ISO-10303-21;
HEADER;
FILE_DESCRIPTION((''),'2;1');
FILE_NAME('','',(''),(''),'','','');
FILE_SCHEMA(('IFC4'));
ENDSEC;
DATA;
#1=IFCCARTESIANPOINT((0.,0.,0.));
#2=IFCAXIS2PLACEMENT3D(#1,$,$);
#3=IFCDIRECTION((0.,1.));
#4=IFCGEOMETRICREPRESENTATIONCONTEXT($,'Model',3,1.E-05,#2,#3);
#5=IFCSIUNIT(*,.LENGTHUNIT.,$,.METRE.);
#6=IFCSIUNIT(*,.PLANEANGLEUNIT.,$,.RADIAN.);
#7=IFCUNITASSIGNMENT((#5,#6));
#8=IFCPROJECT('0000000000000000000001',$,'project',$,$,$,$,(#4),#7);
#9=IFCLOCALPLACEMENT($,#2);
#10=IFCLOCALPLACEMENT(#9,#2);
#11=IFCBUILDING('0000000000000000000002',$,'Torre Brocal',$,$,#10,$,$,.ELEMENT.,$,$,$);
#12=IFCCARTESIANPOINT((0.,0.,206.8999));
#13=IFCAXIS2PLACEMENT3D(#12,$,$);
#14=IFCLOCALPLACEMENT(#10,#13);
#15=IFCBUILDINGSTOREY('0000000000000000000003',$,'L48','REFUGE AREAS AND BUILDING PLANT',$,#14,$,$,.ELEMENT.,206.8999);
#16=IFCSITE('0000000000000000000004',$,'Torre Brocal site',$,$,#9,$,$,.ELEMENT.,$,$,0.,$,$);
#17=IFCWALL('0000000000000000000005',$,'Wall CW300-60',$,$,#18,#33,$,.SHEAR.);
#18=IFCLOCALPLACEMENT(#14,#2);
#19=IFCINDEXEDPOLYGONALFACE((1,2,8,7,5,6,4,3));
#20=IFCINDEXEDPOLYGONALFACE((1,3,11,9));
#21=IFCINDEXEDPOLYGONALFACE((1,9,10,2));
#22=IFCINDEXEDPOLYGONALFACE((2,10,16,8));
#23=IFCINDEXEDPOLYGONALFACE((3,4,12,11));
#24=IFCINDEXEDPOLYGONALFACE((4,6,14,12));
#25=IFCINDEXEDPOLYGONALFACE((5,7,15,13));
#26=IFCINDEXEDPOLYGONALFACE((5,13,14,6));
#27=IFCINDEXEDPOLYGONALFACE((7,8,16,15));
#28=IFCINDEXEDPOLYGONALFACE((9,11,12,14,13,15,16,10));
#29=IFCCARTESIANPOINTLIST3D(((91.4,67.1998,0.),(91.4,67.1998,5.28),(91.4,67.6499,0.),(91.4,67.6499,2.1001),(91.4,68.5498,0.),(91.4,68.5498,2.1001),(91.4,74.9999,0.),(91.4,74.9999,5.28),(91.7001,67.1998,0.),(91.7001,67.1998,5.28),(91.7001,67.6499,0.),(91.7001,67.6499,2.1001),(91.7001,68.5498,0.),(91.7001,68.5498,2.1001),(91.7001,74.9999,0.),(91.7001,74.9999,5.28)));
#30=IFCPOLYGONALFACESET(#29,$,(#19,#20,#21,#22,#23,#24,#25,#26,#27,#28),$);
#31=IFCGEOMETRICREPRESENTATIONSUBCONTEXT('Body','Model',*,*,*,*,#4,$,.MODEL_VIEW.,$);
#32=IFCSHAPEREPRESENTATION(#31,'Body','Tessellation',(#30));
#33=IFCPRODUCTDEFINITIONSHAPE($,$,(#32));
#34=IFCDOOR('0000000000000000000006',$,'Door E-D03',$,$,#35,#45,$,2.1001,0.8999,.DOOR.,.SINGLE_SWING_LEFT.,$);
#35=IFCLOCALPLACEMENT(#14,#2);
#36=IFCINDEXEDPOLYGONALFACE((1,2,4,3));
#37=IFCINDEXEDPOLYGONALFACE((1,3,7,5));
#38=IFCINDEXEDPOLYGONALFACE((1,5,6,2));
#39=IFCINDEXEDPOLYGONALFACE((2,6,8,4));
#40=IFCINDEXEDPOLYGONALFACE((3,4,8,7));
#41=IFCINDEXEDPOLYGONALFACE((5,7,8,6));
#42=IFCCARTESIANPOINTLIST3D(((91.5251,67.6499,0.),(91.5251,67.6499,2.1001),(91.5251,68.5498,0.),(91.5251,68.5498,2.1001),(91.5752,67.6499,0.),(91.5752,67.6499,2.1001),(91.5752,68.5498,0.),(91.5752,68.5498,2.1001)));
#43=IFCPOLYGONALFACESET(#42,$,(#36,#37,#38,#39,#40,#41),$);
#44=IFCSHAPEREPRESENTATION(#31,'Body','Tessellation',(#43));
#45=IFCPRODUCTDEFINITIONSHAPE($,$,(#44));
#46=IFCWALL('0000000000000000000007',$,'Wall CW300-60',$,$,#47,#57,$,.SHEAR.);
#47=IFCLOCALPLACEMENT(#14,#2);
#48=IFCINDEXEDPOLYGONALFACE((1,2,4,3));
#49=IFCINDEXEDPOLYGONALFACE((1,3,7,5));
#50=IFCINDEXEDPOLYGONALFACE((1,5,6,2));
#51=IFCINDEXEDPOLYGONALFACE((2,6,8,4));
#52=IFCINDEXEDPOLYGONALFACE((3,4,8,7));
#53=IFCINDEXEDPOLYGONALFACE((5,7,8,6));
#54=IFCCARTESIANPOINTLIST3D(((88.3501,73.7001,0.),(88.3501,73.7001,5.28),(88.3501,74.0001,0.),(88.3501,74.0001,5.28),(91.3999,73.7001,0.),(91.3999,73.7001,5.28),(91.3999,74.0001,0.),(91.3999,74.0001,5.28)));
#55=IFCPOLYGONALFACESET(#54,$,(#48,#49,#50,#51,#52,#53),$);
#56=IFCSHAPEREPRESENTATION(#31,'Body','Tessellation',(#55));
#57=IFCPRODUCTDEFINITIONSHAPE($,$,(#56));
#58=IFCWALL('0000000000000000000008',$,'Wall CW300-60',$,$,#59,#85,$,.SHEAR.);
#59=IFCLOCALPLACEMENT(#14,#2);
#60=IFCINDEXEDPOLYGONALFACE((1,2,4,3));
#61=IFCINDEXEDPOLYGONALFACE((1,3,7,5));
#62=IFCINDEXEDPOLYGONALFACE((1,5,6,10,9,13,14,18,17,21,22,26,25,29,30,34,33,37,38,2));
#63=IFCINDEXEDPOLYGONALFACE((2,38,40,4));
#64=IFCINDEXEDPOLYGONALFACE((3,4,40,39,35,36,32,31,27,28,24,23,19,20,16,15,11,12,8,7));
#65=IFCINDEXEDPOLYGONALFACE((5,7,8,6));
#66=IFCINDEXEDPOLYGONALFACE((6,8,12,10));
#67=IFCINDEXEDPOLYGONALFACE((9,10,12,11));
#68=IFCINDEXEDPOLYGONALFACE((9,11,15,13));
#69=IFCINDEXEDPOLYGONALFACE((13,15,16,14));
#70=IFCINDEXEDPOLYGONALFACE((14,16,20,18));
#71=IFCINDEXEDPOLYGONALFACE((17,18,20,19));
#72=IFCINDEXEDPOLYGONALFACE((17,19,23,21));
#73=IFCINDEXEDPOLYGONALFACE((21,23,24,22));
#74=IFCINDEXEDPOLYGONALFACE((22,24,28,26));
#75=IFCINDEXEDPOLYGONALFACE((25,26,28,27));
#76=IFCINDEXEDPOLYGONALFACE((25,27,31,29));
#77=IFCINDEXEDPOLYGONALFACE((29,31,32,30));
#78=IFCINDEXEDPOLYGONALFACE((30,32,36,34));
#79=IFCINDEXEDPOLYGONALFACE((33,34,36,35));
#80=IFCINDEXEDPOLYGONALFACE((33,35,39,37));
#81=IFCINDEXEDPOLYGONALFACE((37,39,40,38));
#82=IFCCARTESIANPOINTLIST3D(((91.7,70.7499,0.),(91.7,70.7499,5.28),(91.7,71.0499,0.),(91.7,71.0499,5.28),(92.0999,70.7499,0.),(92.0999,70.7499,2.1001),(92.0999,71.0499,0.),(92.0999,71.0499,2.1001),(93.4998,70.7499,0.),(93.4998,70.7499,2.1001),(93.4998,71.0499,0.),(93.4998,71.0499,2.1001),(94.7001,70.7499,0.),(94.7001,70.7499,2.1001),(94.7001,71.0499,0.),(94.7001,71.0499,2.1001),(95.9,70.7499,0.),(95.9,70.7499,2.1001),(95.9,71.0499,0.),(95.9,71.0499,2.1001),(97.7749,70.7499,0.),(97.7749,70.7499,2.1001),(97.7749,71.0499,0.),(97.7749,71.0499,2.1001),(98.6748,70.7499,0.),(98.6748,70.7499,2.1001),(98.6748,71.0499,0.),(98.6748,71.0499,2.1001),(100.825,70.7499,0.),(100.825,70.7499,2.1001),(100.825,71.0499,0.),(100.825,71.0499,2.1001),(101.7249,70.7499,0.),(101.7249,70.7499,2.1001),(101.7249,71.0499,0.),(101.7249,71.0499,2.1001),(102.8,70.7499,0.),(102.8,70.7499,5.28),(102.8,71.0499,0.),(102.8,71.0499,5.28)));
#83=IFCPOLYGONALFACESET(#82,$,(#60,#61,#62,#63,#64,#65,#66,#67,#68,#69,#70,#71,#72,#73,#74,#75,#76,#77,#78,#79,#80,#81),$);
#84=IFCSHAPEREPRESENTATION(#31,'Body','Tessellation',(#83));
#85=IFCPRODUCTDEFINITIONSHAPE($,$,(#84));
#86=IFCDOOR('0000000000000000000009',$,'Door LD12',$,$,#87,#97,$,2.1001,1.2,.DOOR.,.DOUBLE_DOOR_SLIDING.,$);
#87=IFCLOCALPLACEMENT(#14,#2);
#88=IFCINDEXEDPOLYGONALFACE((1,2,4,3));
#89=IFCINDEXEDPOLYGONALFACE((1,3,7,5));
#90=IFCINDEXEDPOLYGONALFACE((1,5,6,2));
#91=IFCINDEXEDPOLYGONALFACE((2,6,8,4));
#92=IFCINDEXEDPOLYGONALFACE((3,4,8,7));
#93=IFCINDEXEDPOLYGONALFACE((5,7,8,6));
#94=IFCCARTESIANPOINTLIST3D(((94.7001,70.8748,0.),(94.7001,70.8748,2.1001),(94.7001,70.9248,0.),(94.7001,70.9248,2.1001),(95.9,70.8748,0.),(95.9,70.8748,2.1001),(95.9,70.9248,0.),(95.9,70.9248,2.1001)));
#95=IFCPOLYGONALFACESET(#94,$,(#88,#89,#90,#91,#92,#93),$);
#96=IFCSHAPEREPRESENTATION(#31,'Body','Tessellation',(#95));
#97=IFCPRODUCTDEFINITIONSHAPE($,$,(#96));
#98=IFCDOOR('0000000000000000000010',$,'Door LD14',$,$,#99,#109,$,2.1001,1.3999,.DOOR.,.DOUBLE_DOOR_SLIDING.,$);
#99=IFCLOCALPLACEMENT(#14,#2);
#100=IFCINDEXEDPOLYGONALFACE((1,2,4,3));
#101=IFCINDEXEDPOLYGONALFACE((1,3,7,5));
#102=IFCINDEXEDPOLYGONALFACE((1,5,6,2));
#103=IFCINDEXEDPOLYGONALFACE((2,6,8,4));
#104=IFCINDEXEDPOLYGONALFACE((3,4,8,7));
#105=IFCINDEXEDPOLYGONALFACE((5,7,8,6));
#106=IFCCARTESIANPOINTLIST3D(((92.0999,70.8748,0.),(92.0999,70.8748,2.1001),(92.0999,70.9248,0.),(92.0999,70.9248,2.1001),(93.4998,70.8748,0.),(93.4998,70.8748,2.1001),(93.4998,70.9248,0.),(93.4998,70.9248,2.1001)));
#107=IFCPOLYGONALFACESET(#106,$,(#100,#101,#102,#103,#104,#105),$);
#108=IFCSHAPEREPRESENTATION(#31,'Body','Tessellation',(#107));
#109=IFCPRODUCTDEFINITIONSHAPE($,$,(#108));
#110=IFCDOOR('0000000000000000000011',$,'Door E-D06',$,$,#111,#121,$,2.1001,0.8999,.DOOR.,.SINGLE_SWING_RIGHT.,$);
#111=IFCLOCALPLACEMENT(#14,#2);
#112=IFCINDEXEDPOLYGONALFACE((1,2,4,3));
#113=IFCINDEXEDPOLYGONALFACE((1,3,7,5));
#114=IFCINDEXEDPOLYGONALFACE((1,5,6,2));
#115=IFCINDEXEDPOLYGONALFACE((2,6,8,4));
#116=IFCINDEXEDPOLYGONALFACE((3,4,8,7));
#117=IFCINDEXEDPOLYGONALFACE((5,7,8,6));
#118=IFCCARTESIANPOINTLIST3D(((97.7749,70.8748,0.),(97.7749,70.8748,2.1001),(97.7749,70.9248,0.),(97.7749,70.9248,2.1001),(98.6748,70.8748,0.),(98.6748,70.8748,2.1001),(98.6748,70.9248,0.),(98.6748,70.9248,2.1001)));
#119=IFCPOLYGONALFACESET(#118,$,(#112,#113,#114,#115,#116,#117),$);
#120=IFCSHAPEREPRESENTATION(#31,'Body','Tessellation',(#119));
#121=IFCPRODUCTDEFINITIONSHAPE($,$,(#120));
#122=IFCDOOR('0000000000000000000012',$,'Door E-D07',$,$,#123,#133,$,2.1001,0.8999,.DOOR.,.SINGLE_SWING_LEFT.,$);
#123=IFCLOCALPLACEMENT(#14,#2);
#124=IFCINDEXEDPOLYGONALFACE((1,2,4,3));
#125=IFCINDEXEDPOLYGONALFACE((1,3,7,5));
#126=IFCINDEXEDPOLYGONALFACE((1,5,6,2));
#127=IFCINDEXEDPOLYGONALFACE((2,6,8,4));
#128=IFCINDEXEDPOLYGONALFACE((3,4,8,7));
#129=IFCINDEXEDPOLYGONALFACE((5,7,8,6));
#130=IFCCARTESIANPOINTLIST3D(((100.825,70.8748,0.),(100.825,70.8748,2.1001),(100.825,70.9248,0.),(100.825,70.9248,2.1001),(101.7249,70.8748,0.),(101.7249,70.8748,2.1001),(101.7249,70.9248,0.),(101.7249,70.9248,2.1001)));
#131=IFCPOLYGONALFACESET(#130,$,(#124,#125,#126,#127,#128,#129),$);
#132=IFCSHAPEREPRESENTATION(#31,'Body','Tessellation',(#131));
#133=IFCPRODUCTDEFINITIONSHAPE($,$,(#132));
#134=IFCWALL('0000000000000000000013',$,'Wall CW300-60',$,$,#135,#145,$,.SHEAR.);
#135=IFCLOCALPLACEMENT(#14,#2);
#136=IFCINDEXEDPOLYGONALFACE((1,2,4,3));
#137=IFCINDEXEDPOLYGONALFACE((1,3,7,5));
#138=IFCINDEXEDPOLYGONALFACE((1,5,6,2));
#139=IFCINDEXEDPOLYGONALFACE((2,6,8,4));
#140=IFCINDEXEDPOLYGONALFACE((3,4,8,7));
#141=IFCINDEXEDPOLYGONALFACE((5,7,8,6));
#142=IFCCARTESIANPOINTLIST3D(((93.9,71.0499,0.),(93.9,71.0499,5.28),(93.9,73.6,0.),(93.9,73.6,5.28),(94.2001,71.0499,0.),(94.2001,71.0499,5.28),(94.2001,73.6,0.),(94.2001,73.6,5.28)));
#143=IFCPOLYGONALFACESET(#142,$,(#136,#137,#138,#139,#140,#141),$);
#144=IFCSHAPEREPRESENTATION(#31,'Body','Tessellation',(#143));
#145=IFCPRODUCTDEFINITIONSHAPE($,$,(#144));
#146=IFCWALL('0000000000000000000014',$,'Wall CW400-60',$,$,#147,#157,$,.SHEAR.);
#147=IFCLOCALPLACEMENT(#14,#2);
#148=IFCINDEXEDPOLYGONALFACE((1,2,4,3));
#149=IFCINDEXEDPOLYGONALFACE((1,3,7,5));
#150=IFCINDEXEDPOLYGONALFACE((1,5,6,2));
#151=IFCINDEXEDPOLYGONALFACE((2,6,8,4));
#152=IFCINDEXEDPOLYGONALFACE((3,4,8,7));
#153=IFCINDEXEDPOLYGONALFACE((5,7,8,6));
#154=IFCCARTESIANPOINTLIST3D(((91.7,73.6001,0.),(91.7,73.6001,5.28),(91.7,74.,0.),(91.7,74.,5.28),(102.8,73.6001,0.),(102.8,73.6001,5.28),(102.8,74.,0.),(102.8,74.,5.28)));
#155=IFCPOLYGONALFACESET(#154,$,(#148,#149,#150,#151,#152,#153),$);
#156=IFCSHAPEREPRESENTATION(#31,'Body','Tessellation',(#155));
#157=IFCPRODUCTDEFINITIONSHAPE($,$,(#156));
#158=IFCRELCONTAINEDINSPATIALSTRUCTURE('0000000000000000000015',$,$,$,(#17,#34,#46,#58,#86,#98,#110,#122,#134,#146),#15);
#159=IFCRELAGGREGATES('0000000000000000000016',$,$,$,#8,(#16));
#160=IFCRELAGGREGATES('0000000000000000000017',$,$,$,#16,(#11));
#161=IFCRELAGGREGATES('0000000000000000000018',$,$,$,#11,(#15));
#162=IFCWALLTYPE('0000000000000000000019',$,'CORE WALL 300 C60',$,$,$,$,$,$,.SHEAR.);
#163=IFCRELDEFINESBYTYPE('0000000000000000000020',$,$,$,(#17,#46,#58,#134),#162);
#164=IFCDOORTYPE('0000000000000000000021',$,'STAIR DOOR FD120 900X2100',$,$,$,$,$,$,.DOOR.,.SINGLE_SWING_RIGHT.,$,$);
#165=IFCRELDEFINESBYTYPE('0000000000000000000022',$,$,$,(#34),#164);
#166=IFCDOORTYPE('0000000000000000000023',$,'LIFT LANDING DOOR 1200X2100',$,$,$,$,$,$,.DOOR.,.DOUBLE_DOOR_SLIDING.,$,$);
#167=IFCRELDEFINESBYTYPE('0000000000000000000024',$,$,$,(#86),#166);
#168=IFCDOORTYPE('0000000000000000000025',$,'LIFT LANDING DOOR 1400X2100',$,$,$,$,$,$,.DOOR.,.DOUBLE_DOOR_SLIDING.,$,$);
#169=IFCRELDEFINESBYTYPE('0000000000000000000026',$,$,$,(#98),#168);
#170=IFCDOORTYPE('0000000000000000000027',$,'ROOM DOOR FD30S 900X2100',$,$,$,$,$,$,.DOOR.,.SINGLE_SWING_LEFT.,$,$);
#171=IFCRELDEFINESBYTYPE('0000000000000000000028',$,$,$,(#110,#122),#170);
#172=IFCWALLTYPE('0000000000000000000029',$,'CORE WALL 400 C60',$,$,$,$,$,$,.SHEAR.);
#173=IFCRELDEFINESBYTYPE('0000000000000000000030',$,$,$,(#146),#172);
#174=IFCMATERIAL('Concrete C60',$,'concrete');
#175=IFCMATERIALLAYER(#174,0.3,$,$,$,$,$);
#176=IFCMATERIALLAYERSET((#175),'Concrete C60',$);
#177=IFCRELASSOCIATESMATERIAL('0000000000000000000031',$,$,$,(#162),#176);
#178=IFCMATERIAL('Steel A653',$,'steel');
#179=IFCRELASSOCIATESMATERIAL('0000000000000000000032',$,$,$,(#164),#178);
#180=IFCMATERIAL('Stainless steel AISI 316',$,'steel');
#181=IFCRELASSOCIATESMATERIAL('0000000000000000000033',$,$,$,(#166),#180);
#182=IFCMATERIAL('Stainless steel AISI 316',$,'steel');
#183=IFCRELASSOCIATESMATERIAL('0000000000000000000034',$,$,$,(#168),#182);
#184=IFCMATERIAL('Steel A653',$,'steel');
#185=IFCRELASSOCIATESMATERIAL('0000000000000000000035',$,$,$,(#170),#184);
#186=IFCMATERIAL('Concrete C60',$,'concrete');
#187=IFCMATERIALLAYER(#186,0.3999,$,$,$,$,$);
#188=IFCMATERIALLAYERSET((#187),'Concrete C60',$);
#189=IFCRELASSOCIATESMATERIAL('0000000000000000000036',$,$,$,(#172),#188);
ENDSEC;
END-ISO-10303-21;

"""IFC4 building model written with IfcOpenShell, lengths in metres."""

from ifc_helpers import new_model, si_unit, direction, frame, frame_2d, origin, place, context, subcontext, project, spatial, rectangle, extrude, material, layer, layer_set, type_object, element, fill, save


model = new_model("IFC4")

# Units and contexts
model_context = context("Model", 3, precision=1e-05, world=origin(), true_north=direction((0.0, 1.0)))
body_context = subcontext(model_context, "Body", "Model", "MODEL_VIEW")
ifc_project = project(units=[si_unit("LENGTHUNIT", "METRE"), si_unit("PLANEANGLEUNIT", "RADIAN")], contexts=[model_context])

# Site, building, storey
site_placement = place(None, origin())
site = spatial("IfcSite", under=ifc_project, at=site_placement, Name="Torre Brocal site", CompositionType="ELEMENT", RefElevation=0.0)
building_placement = place(site_placement, origin())
building = spatial("IfcBuilding", under=site, at=building_placement, Name="Torre Brocal", CompositionType="ELEMENT")
storey_placement = place(building_placement, frame((0.0, 0.0, 206.8999)))
storey = spatial("IfcBuildingStorey", under=building, at=storey_placement, Name="L48", Description="REFUGE AREAS AND BUILDING PLANT", CompositionType="ELEMENT", Elevation=206.8999)

# Wall, opening, door
ifc_material_1 = material(Name="Concrete C60", Category="concrete")
ifc_layer_1 = layer(ifc_material_1, 0.3)
ifc_layer_set_1 = layer_set([ifc_layer_1], Name="Concrete C60")
wall_type_1 = type_object("IfcWallType", Name="CORE WALL 300 C60", PredefinedType="SHEAR", material=ifc_layer_set_1)
ifc_material_2 = material(Name="Steel A653", Category="steel")
door_type_1 = type_object("IfcDoorType", Name="STAIR DOOR FD120 900X2100", OperationType="SINGLE_SWING_RIGHT", PredefinedType="DOOR", material=ifc_material_2)
wall_1_placement = place(storey_placement, frame((91.55, 67.2, 0.0), z_axis=(0.0, 0.0, 1.0), x_axis=(0.0, 1.0, 0.0)))
wall_1 = element("IfcWall", 1, at=wall_1_placement, inside=storey, type_object=wall_type_1, Name="Wall CW300-60", PredefinedType="SHEAR", context=body_context, shape_type="SweptSolid", body=[
    extrude(rectangle(XDim=7.8, YDim=0.3, at=frame_2d((3.8999, 0.0))), origin(), (0.0, 0.0, 1.0), 5.28),
])
opening_1_placement = place(wall_1_placement, frame((0.45, 0.0, 0.0)))
opening_1 = element("IfcOpeningElement", 2, at=opening_1_placement, cuts=wall_1, PredefinedType="OPENING", context=body_context, shape_type="SweptSolid", body=[
    extrude(rectangle(XDim=0.8999, YDim=2.1001, at=frame_2d((0.45, 1.05))), frame((0.0, 0.1599, 0.0), z_axis=(0.0, -1.0, 0.0), x_axis=(1.0, 0.0, 0.0)), (0.0, 0.0, 1.0), 0.3201),
])
door_1_placement = place(opening_1_placement, origin())
door_1 = element("IfcDoor", 3, at=door_1_placement, inside=storey, type_object=door_type_1, Name="Door E-D03", OperationType="SINGLE_SWING_LEFT", OverallHeight=2.1001, OverallWidth=0.8999, PredefinedType="DOOR", context=body_context, shape_type="SweptSolid", body=[
    extrude(rectangle(XDim=0.8999, YDim=2.1001, at=frame_2d((0.45, 1.05))), frame((0.0, 0.0249, 0.0), z_axis=(0.0, -1.0, 0.0), x_axis=(1.0, 0.0, 0.0)), (0.0, 0.0, 1.0), 0.05),
])
fill(opening_1, door_1)

# Wall
wall_2_placement = place(storey_placement, frame((88.3501, 73.8501, 0.0), z_axis=(0.0, 0.0, 1.0), x_axis=(1.0, 0.0, 0.0)))
element("IfcWall", 4, at=wall_2_placement, inside=storey, type_object=wall_type_1, Name="Wall CW300-60", PredefinedType="SHEAR", context=body_context, shape_type="SweptSolid", body=[
    extrude(rectangle(XDim=3.0498, YDim=0.3, at=frame_2d((1.5249, 0.0))), origin(), (0.0, 0.0, 1.0), 5.28),
])

# Wall, openings, doors
wall_3_placement = place(storey_placement, frame((91.7, 70.8999, 0.0), z_axis=(0.0, 0.0, 1.0), x_axis=(1.0, 0.0, 0.0)))
wall_3 = element("IfcWall", 5, at=wall_3_placement, inside=storey, type_object=wall_type_1, Name="Wall CW300-60", PredefinedType="SHEAR", context=body_context, shape_type="SweptSolid", body=[
    extrude(rectangle(XDim=11.1001, YDim=0.3, at=frame_2d((5.55, 0.0))), origin(), (0.0, 0.0, 1.0), 5.28),
])
opening_2_placement = place(wall_3_placement, frame((0.3999, 0.0, 0.0)))
opening_2 = element("IfcOpeningElement", 6, at=opening_2_placement, cuts=wall_3, PredefinedType="OPENING", context=body_context, shape_type="SweptSolid", body=[
    extrude(rectangle(XDim=1.3999, YDim=2.1001, at=frame_2d((0.7, 1.05))), frame((0.0, 0.1599, 0.0), z_axis=(0.0, -1.0, 0.0), x_axis=(1.0, 0.0, 0.0)), (0.0, 0.0, 1.0), 0.3201),
])
opening_3_placement = place(wall_3_placement, frame((3.0, 0.0, 0.0)))
opening_3 = element("IfcOpeningElement", 7, at=opening_3_placement, cuts=wall_3, PredefinedType="OPENING", context=body_context, shape_type="SweptSolid", body=[
    extrude(rectangle(XDim=1.2, YDim=2.1001, at=frame_2d((0.6001, 1.05))), frame((0.0, 0.1599, 0.0), z_axis=(0.0, -1.0, 0.0), x_axis=(1.0, 0.0, 0.0)), (0.0, 0.0, 1.0), 0.3201),
])
opening_4_placement = place(wall_3_placement, frame((6.075, 0.0, 0.0)))
opening_4 = element("IfcOpeningElement", 8, at=opening_4_placement, cuts=wall_3, PredefinedType="OPENING", context=body_context, shape_type="SweptSolid", body=[
    extrude(rectangle(XDim=0.8999, YDim=2.1001, at=frame_2d((0.45, 1.05))), frame((0.0, 0.1599, 0.0), z_axis=(0.0, -1.0, 0.0), x_axis=(1.0, 0.0, 0.0)), (0.0, 0.0, 1.0), 0.3201),
])
opening_5_placement = place(wall_3_placement, frame((9.125, 0.0, 0.0)))
opening_5 = element("IfcOpeningElement", 9, at=opening_5_placement, cuts=wall_3, PredefinedType="OPENING", context=body_context, shape_type="SweptSolid", body=[
    extrude(rectangle(XDim=0.8999, YDim=2.1001, at=frame_2d((0.45, 1.05))), frame((0.0, 0.1599, 0.0), z_axis=(0.0, -1.0, 0.0), x_axis=(1.0, 0.0, 0.0)), (0.0, 0.0, 1.0), 0.3201),
])
ifc_material_3 = material(Name="Stainless steel AISI 316", Category="steel")
door_type_2 = type_object("IfcDoorType", Name="LIFT LANDING DOOR 1200X2100", OperationType="DOUBLE_DOOR_SLIDING", PredefinedType="DOOR", material=ifc_material_3)
door_2_placement = place(opening_3_placement, origin())
door_2 = element("IfcDoor", 10, at=door_2_placement, inside=storey, type_object=door_type_2, Name="Door LD12", OperationType="DOUBLE_DOOR_SLIDING", OverallHeight=2.1001, OverallWidth=1.2, PredefinedType="DOOR", context=body_context, shape_type="SweptSolid", body=[
    extrude(rectangle(XDim=1.2, YDim=2.1001, at=frame_2d((0.6001, 1.05))), frame((0.0, 0.0249, 0.0), z_axis=(0.0, -1.0, 0.0), x_axis=(1.0, 0.0, 0.0)), (0.0, 0.0, 1.0), 0.05),
])
fill(opening_3, door_2)
ifc_material_4 = material(Name="Stainless steel AISI 316", Category="steel")
door_type_3 = type_object("IfcDoorType", Name="LIFT LANDING DOOR 1400X2100", OperationType="DOUBLE_DOOR_SLIDING", PredefinedType="DOOR", material=ifc_material_4)
door_3_placement = place(opening_2_placement, origin())
door_3 = element("IfcDoor", 11, at=door_3_placement, inside=storey, type_object=door_type_3, Name="Door LD14", OperationType="DOUBLE_DOOR_SLIDING", OverallHeight=2.1001, OverallWidth=1.3999, PredefinedType="DOOR", context=body_context, shape_type="SweptSolid", body=[
    extrude(rectangle(XDim=1.3999, YDim=2.1001, at=frame_2d((0.7, 1.05))), frame((0.0, 0.0249, 0.0), z_axis=(0.0, -1.0, 0.0), x_axis=(1.0, 0.0, 0.0)), (0.0, 0.0, 1.0), 0.05),
])
fill(opening_2, door_3)
ifc_material_5 = material(Name="Steel A653", Category="steel")
door_type_4 = type_object("IfcDoorType", Name="ROOM DOOR FD30S 900X2100", OperationType="SINGLE_SWING_LEFT", PredefinedType="DOOR", material=ifc_material_5)
door_4_placement = place(opening_4_placement, origin())
door_4 = element("IfcDoor", 12, at=door_4_placement, inside=storey, type_object=door_type_4, Name="Door E-D06", OperationType="SINGLE_SWING_RIGHT", OverallHeight=2.1001, OverallWidth=0.8999, PredefinedType="DOOR", context=body_context, shape_type="SweptSolid", body=[
    extrude(rectangle(XDim=0.8999, YDim=2.1001, at=frame_2d((0.45, 1.05))), frame((0.0, 0.0249, 0.0), z_axis=(0.0, -1.0, 0.0), x_axis=(1.0, 0.0, 0.0)), (0.0, 0.0, 1.0), 0.05),
])
fill(opening_4, door_4)
door_5_placement = place(opening_5_placement, origin())
door_5 = element("IfcDoor", 13, at=door_5_placement, inside=storey, type_object=door_type_4, Name="Door E-D07", OperationType="SINGLE_SWING_LEFT", OverallHeight=2.1001, OverallWidth=0.8999, PredefinedType="DOOR", context=body_context, shape_type="SweptSolid", body=[
    extrude(rectangle(XDim=0.8999, YDim=2.1001, at=frame_2d((0.45, 1.05))), frame((0.0, 0.0249, 0.0), z_axis=(0.0, -1.0, 0.0), x_axis=(1.0, 0.0, 0.0)), (0.0, 0.0, 1.0), 0.05),
])
fill(opening_5, door_5)

# Walls
wall_4_placement = place(storey_placement, frame((94.05, 71.05, 0.0), z_axis=(0.0, 0.0, 1.0), x_axis=(0.0, 1.0, 0.0)))
element("IfcWall", 14, at=wall_4_placement, inside=storey, type_object=wall_type_1, Name="Wall CW300-60", PredefinedType="SHEAR", context=body_context, shape_type="SweptSolid", body=[
    extrude(rectangle(XDim=2.55, YDim=0.3, at=frame_2d((1.2749, 0.0))), origin(), (0.0, 0.0, 1.0), 5.28),
])
ifc_material_6 = material(Name="Concrete C60", Category="concrete")
ifc_layer_2 = layer(ifc_material_6, 0.3999)
ifc_layer_set_2 = layer_set([ifc_layer_2], Name="Concrete C60")
wall_type_2 = type_object("IfcWallType", Name="CORE WALL 400 C60", PredefinedType="SHEAR", material=ifc_layer_set_2)
wall_5_placement = place(storey_placement, frame((91.7, 73.8, 0.0), z_axis=(0.0, 0.0, 1.0), x_axis=(1.0, 0.0, 0.0)))
element("IfcWall", 15, at=wall_5_placement, inside=storey, type_object=wall_type_2, Name="Wall CW400-60", PredefinedType="SHEAR", context=body_context, shape_type="SweptSolid", body=[
    extrude(rectangle(XDim=11.1001, YDim=0.3999, at=frame_2d((5.55, 0.0))), origin(), (0.0, 0.0, 1.0), 5.28),
])

save(model, "model.ifc")
